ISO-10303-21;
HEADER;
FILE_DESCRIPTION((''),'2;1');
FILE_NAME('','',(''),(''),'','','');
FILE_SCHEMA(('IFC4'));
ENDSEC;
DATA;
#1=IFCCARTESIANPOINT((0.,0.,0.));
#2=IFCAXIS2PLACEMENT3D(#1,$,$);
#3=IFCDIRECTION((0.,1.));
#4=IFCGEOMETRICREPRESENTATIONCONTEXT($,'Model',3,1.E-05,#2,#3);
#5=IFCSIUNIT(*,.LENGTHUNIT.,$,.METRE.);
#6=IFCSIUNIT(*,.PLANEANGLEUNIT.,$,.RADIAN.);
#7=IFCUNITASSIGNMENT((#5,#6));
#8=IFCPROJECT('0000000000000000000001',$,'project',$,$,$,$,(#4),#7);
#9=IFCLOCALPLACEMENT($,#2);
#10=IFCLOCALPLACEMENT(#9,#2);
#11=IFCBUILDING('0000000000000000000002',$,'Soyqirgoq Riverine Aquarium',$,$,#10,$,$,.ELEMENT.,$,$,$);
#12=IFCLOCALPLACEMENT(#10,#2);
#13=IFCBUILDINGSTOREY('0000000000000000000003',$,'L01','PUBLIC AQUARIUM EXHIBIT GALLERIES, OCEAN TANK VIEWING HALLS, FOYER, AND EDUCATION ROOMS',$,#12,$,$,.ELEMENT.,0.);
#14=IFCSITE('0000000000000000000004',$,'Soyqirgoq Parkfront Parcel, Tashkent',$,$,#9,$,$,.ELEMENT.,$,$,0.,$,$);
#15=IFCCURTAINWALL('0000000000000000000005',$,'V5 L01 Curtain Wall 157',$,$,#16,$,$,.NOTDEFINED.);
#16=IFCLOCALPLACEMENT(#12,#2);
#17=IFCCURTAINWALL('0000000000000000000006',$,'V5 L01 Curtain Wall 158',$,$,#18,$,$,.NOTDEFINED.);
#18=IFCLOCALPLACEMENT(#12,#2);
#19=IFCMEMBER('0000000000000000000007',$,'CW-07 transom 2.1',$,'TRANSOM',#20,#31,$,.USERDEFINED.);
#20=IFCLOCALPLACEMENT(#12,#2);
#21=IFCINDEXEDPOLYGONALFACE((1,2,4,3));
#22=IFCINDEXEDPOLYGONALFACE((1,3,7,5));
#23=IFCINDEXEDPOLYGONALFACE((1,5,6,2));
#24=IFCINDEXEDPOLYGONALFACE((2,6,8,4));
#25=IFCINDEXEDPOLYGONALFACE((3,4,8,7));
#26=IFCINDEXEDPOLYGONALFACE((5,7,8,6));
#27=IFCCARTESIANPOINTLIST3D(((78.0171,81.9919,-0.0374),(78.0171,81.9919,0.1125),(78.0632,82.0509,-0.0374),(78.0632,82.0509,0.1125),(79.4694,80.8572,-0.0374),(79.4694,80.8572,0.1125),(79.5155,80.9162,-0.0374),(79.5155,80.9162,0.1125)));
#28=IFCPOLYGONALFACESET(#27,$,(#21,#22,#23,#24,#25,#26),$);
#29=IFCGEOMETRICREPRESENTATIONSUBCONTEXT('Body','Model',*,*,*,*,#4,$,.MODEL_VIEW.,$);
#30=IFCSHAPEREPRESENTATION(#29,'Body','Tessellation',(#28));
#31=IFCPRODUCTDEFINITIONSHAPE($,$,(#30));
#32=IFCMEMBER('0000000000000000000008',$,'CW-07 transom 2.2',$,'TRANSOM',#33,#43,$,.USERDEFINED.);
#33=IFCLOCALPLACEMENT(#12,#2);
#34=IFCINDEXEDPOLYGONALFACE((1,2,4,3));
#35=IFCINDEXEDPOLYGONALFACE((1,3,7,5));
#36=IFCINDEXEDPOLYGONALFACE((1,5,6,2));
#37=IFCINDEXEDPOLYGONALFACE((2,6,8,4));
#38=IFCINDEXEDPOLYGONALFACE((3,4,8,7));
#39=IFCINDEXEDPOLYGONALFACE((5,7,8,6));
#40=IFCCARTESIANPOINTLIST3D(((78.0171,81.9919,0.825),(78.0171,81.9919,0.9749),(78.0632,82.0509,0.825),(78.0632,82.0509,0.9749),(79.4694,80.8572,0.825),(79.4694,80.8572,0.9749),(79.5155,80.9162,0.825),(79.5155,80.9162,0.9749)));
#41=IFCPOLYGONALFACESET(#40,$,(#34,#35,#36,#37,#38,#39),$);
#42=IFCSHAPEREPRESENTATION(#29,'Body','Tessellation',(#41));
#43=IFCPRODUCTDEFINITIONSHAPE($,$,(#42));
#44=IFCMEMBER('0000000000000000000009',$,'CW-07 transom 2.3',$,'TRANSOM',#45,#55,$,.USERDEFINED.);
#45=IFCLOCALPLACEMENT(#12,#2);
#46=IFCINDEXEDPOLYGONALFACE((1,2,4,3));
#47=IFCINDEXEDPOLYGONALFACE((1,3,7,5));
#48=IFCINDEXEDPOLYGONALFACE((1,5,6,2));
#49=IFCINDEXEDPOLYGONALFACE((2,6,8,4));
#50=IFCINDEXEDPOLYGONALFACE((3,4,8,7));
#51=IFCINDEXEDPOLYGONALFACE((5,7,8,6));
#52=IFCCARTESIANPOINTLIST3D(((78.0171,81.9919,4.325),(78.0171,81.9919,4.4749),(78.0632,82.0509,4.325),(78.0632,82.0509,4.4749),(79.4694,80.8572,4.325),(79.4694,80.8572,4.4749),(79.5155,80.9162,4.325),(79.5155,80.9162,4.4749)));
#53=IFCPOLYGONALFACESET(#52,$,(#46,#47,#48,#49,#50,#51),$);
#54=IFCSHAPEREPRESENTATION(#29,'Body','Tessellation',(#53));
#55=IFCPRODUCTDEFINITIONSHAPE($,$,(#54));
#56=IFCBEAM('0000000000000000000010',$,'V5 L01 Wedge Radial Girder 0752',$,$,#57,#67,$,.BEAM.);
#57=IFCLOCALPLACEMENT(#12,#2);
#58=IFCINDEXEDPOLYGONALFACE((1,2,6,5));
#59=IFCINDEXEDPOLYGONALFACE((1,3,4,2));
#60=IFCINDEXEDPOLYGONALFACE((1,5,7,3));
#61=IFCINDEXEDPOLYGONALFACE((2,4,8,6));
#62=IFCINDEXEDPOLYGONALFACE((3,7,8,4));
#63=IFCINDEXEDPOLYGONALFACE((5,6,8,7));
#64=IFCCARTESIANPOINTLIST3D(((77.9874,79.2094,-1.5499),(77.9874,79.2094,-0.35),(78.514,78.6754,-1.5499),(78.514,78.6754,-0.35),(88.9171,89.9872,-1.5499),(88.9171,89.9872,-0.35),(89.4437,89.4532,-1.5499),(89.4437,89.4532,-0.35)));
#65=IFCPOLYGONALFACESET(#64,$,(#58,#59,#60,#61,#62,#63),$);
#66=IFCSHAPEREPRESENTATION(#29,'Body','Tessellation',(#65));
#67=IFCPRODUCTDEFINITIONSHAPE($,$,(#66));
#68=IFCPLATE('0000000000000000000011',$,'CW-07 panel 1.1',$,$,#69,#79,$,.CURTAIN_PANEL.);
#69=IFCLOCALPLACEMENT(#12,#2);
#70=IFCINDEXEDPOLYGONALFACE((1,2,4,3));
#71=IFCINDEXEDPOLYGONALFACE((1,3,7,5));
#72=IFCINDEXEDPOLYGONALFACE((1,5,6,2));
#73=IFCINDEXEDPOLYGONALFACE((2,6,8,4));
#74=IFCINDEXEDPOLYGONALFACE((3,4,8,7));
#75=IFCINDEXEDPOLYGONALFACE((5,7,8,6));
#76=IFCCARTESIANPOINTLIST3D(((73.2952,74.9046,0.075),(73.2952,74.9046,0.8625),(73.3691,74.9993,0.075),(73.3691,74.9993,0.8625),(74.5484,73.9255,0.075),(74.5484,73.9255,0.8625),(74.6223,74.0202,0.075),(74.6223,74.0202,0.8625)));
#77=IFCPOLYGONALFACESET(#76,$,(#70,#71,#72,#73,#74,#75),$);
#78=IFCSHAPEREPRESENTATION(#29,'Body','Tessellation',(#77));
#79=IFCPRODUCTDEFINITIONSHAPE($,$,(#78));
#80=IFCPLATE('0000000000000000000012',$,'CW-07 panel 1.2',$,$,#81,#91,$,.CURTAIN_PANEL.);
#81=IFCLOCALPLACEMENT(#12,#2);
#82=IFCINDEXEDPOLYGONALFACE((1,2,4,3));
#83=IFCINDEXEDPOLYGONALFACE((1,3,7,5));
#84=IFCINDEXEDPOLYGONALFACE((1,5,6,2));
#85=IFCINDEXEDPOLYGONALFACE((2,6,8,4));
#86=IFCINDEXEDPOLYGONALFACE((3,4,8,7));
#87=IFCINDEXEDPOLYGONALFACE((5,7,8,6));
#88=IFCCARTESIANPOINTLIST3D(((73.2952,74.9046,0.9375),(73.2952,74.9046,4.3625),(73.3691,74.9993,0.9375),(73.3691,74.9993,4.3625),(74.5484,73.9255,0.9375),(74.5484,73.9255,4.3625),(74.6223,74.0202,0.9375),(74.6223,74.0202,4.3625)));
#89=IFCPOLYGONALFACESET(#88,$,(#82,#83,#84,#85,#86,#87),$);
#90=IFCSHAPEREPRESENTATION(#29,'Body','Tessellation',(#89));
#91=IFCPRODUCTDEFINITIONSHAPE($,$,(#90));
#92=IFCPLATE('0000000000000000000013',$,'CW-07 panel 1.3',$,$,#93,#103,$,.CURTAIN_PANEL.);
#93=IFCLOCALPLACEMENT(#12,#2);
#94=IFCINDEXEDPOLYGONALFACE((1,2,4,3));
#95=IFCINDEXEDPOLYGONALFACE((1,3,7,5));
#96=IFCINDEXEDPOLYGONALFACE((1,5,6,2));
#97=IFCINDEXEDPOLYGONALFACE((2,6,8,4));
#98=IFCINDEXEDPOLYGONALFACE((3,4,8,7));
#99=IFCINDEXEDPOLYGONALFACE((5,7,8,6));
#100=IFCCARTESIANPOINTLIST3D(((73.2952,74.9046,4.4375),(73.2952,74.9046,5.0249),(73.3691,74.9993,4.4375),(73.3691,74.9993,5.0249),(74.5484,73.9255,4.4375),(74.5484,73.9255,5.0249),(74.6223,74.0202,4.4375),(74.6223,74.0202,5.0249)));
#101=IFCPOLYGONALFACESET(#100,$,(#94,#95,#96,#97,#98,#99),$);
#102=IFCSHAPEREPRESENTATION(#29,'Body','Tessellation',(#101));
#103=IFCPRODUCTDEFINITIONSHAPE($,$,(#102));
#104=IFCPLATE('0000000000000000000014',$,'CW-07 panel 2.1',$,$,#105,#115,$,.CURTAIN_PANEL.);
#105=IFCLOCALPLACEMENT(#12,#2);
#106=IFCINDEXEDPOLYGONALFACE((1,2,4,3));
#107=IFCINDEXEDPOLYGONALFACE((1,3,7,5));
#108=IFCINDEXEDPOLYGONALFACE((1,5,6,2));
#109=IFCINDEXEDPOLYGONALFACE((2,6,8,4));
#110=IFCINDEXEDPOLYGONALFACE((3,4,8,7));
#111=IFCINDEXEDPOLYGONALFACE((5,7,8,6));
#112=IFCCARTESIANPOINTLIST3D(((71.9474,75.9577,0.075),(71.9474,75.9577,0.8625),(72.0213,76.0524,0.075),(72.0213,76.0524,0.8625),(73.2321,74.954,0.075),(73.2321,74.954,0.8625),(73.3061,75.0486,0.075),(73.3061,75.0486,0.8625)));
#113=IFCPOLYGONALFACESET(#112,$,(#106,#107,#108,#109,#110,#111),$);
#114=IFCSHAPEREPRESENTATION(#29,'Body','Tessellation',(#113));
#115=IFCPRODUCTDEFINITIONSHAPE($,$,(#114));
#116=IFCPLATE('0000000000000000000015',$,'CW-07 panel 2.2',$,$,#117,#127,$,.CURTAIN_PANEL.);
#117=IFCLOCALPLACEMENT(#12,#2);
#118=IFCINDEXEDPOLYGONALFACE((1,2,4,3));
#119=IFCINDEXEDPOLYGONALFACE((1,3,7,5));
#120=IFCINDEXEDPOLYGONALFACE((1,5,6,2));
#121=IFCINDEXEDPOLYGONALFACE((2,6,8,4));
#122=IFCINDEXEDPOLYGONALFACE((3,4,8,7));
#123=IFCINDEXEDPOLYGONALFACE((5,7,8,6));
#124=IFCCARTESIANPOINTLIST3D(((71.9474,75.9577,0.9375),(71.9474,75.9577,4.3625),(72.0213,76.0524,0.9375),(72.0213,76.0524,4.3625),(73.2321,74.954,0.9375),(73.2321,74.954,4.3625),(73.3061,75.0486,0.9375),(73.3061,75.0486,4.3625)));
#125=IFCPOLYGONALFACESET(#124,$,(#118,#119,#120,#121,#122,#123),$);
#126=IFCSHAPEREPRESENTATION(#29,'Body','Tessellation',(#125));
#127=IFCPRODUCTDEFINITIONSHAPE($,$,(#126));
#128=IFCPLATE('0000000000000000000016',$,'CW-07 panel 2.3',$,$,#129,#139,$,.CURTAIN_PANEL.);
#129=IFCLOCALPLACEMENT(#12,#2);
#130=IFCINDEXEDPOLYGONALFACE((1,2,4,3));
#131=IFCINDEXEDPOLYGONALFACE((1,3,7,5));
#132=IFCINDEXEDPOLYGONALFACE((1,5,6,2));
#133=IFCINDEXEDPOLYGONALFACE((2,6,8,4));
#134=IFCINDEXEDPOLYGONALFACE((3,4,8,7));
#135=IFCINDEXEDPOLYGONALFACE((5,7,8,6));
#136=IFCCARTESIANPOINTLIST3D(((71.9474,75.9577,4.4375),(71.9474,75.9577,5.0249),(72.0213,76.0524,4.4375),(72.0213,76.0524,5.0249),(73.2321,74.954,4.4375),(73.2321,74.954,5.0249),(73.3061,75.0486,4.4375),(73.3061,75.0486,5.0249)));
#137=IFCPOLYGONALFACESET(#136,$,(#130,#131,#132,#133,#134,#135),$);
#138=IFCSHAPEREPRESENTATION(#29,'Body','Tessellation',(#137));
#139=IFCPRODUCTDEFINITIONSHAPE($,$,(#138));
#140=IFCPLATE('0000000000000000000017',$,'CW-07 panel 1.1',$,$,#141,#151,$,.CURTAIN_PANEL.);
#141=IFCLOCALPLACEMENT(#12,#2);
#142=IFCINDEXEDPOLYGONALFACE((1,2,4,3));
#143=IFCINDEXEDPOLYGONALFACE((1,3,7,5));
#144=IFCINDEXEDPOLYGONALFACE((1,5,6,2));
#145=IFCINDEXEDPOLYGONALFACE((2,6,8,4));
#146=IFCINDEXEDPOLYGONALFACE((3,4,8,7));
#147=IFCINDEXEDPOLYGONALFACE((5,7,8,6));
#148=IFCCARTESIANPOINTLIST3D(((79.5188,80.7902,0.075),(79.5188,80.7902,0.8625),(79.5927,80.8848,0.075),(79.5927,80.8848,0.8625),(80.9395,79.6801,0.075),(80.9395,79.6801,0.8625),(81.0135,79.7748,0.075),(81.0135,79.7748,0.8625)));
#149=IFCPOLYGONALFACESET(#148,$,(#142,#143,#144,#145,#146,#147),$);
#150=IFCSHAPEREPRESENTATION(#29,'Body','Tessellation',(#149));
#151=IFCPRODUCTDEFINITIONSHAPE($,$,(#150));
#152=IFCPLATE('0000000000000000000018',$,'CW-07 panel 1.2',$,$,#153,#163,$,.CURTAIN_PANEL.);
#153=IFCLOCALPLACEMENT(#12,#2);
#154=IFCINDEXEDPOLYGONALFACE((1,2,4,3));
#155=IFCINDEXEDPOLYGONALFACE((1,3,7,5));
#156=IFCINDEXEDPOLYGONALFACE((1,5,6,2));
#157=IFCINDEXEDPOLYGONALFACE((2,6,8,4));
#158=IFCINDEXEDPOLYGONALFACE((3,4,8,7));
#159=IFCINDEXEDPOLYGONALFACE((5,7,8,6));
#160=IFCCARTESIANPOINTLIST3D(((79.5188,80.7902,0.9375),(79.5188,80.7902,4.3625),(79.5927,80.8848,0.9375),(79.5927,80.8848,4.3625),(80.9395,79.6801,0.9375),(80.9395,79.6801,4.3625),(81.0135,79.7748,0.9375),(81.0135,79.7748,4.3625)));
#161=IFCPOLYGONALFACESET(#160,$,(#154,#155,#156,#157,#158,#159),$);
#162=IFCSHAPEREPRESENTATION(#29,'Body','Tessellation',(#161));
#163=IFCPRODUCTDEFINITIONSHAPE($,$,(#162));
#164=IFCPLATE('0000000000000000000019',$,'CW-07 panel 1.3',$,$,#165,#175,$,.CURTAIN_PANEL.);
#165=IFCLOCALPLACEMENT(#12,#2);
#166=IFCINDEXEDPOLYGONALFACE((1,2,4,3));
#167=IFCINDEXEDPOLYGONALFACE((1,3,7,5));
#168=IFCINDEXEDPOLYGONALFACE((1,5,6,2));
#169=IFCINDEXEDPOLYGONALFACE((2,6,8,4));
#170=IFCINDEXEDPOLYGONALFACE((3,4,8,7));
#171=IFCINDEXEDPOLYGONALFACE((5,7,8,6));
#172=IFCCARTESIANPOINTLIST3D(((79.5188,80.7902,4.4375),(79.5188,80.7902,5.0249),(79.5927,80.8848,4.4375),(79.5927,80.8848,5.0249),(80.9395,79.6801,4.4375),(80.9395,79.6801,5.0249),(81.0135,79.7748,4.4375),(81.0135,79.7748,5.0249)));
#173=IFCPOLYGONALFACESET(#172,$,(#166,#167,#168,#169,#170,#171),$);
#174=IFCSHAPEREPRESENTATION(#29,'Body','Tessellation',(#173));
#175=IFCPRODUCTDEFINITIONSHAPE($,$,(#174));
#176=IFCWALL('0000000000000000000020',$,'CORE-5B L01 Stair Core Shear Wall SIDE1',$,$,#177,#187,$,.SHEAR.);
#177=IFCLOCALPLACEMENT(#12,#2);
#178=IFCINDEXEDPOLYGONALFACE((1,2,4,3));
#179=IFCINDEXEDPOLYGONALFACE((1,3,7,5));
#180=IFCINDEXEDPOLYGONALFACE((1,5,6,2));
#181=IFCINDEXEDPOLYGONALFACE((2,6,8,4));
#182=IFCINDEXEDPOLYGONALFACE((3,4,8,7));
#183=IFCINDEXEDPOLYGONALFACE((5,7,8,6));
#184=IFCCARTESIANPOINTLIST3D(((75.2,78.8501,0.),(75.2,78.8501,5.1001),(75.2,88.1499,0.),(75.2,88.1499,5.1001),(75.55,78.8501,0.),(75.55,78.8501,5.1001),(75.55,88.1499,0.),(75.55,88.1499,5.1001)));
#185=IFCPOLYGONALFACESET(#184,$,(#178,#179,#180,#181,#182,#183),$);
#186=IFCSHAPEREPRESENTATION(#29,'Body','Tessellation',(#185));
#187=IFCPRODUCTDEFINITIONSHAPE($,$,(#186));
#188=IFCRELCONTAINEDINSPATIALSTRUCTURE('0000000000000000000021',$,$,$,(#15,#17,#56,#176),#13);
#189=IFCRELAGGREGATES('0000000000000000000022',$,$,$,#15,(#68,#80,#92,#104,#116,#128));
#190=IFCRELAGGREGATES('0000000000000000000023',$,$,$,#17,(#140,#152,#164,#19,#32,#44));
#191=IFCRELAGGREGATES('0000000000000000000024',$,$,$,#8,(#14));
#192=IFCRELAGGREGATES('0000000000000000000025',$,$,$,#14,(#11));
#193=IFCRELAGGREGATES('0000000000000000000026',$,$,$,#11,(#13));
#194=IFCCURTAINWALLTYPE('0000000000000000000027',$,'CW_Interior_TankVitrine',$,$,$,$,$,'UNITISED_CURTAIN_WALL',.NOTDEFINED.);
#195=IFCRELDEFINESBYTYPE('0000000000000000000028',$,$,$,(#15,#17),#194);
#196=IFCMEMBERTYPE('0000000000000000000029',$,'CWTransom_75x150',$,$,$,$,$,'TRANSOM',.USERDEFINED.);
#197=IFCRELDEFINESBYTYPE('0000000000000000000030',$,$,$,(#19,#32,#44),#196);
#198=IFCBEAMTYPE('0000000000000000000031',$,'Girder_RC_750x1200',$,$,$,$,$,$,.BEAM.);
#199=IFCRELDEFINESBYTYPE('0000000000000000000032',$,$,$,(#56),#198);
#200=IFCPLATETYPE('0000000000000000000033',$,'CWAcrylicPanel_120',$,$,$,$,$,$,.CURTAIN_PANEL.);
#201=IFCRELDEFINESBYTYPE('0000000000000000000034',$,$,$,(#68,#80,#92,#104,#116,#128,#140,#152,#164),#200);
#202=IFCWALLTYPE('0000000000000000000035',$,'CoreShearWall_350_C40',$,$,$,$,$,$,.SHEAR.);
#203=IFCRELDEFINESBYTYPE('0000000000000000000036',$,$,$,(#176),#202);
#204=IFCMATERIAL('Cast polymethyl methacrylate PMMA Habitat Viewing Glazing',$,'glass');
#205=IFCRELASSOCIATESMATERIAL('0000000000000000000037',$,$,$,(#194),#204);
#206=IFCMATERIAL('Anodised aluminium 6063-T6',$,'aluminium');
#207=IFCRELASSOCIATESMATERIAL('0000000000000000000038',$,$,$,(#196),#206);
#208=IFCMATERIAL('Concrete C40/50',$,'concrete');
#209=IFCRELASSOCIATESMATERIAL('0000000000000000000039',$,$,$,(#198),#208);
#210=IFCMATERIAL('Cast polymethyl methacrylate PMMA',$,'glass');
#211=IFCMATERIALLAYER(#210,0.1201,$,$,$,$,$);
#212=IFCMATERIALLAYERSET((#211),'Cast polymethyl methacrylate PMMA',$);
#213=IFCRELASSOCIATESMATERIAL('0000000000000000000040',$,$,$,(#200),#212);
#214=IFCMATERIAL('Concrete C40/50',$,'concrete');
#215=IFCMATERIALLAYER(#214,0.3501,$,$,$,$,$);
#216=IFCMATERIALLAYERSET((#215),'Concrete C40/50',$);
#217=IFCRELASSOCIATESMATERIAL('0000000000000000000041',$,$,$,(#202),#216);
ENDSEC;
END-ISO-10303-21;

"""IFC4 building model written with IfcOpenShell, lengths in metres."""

from ifc_helpers import new_model, si_unit, direction, frame, frame_2d, origin, origin_2d, place, context, subcontext, project, spatial, rectangle, extrude, material, layer, layer_set, material_profile, profile_set, type_object, element, aggregate, save


model = new_model("IFC4")

# Units and contexts
model_context = context("Model", 3, precision=1e-05, world=origin(), true_north=direction((0.0, 1.0)))
body_context = subcontext(model_context, "Body", "Model", "MODEL_VIEW")
ifc_project = project(units=[si_unit("LENGTHUNIT", "METRE"), si_unit("PLANEANGLEUNIT", "RADIAN")], contexts=[model_context])

# Site, building, storey
site_placement = place(None, origin())
site = spatial("IfcSite", under=ifc_project, at=site_placement, Name="Soyqirgoq Parkfront Parcel, Tashkent", CompositionType="ELEMENT", RefElevation=0.0)
building_placement = place(site_placement, origin())
building = spatial("IfcBuilding", under=site, at=building_placement, Name="Soyqirgoq Riverine Aquarium", CompositionType="ELEMENT")
storey_placement = place(building_placement, origin())
storey = spatial("IfcBuildingStorey", under=building, at=storey_placement, Name="L01", Description="PUBLIC AQUARIUM EXHIBIT GALLERIES, OCEAN TANK VIEWING HALLS, FOYER, AND EDUCATION ROOMS", CompositionType="ELEMENT", Elevation=0.0)

# Curtain walls
ifc_material_1 = material(Name="Cast polymethyl methacrylate PMMA Habitat Viewing Glazing", Category="glass")
curtain_wall_type = type_object("IfcCurtainWallType", Name="CW_Interior_TankVitrine", ElementType="UNITISED_CURTAIN_WALL", PredefinedType="NOTDEFINED", material=ifc_material_1)
curtain_wall_1_placement = place(storey_placement, origin())
curtain_wall_1 = element("IfcCurtainWall", 1, at=curtain_wall_1_placement, inside=storey, type_object=curtain_wall_type, Name="V5 L01 Curtain Wall 157", PredefinedType="NOTDEFINED")
curtain_wall_2_placement = place(storey_placement, origin())
curtain_wall_2 = element("IfcCurtainWall", 2, at=curtain_wall_2_placement, inside=storey, type_object=curtain_wall_type, Name="V5 L01 Curtain Wall 158", PredefinedType="NOTDEFINED")

# Members
ifc_material_2 = material(Name="Anodised aluminium 6063-T6", Category="aluminium")
ifc_material_profile_1 = material_profile(ifc_material_2, rectangle(XDim=0.075, YDim=0.1499, at=origin_2d()), Name="ALU-T 75x150")
ifc_profile_set_1 = profile_set([ifc_material_profile_1], Name="Anodised aluminium 6063-T6")
member_type_1 = type_object("IfcMemberType", Name="CWTransom_75x150", ElementType="TRANSOM", PredefinedType="USERDEFINED", material=ifc_profile_set_1)
member_1_placement = place(storey_placement, frame((79.4924, 80.8867, 0.0376), z_axis=(-0.788002, 0.615672, 0.0), x_axis=(-0.615672, -0.788002, 0.0)))
member_1 = element("IfcMember", 3, at=member_1_placement, type_object=member_type_1, Name="CW-07 transom 2.1", ObjectType="TRANSOM", PredefinedType="USERDEFINED", context=body_context, shape_type="SweptSolid", body=[
    extrude(rectangle(XDim=0.075, YDim=0.1499, at=origin_2d()), origin(), (0.0, 0.0, 1.0), 1.843),
])
member_2_placement = place(storey_placement, frame((79.4924, 80.8867, 0.8999), z_axis=(-0.788002, 0.615672, 0.0), x_axis=(-0.615672, -0.788002, 0.0)))
member_2 = element("IfcMember", 4, at=member_2_placement, type_object=member_type_1, Name="CW-07 transom 2.2", ObjectType="TRANSOM", PredefinedType="USERDEFINED", context=body_context, shape_type="SweptSolid", body=[
    extrude(rectangle(XDim=0.075, YDim=0.1499, at=origin_2d()), origin(), (0.0, 0.0, 1.0), 1.843),
])
member_3_placement = place(storey_placement, frame((79.4924, 80.8867, 4.3999), z_axis=(-0.788002, 0.615672, 0.0), x_axis=(-0.615672, -0.788002, 0.0)))
member_3 = element("IfcMember", 5, at=member_3_placement, type_object=member_type_1, Name="CW-07 transom 2.3", ObjectType="TRANSOM", PredefinedType="USERDEFINED", context=body_context, shape_type="SweptSolid", body=[
    extrude(rectangle(XDim=0.075, YDim=0.1499, at=origin_2d()), origin(), (0.0, 0.0, 1.0), 1.843),
])

# Beam
ifc_material_3 = material(Name="Concrete C40/50", Category="concrete")
ifc_material_profile_2 = material_profile(ifc_material_3, rectangle(XDim=0.75, YDim=1.2, at=origin_2d()), Name="RC 750x1200")
ifc_profile_set_2 = profile_set([ifc_material_profile_2], Name="Concrete C40/50")
beam_type = type_object("IfcBeamType", Name="Girder_RC_750x1200", PredefinedType="BEAM", material=ifc_profile_set_2)
beam_placement = place(storey_placement, frame((78.2507, 78.9424, -0.95), z_axis=(0.712036, 0.702143, 0.0), x_axis=(-0.702143, 0.712036, 0.0)))
element("IfcBeam", 6, at=beam_placement, inside=storey, type_object=beam_type, Name="V5 L01 Wedge Radial Girder 0752", PredefinedType="BEAM", context=body_context, shape_type="SweptSolid", body=[
    extrude(rectangle(XDim=0.75, YDim=1.2, at=origin_2d()), origin(), (0.0, 0.0, 1.0), 15.3499),
])

# Plates
ifc_material_4 = material(Name="Cast polymethyl methacrylate PMMA", Category="glass")
ifc_layer_1 = layer(ifc_material_4, 0.1201)
ifc_layer_set_1 = layer_set([ifc_layer_1], Name="Cast polymethyl methacrylate PMMA")
plate_type = type_object("IfcPlateType", Name="CWAcrylicPanel_120", PredefinedType="CURTAIN_PANEL", material=ifc_layer_set_1)
plate_1_placement = place(storey_placement, frame((73.9587, 74.4624, 0.075), z_axis=(0.0, 0.0, 1.0), x_axis=(-0.788011, 0.615661, 0.0)))
plate_1 = element("IfcPlate", 7, at=plate_1_placement, type_object=plate_type, Name="CW-07 panel 1.1", PredefinedType="CURTAIN_PANEL", context=body_context, shape_type="SweptSolid", body=[
    extrude(rectangle(XDim=1.5903, YDim=0.1201, at=origin_2d()), origin(), (0.0, 0.0, 1.0), 0.7876),
])
plate_2_placement = place(storey_placement, frame((73.9587, 74.4624, 0.9375), z_axis=(0.0, 0.0, 1.0), x_axis=(-0.788011, 0.615661, 0.0)))
plate_2 = element("IfcPlate", 8, at=plate_2_placement, type_object=plate_type, Name="CW-07 panel 1.2", PredefinedType="CURTAIN_PANEL", context=body_context, shape_type="SweptSolid", body=[
    extrude(rectangle(XDim=1.5903, YDim=0.1201, at=origin_2d()), origin(), (0.0, 0.0, 1.0), 3.425),
])
plate_3_placement = place(storey_placement, frame((73.9587, 74.4624, 4.4375), z_axis=(0.0, 0.0, 1.0), x_axis=(-0.788011, 0.615661, 0.0)))
plate_3 = element("IfcPlate", 9, at=plate_3_placement, type_object=plate_type, Name="CW-07 panel 1.3", PredefinedType="CURTAIN_PANEL", context=body_context, shape_type="SweptSolid", body=[
    extrude(rectangle(XDim=1.5903, YDim=0.1201, at=origin_2d()), origin(), (0.0, 0.0, 1.0), 0.5874),
])
plate_4_placement = place(storey_placement, frame((72.6267, 75.5032, 0.075), z_axis=(0.0, 0.0, 1.0), x_axis=(-0.788011, 0.615661, 0.0)))
plate_4 = element("IfcPlate", 10, at=plate_4_placement, type_object=plate_type, Name="CW-07 panel 2.1", PredefinedType="CURTAIN_PANEL", context=body_context, shape_type="SweptSolid", body=[
    extrude(rectangle(XDim=1.6304, YDim=0.1201, at=origin_2d()), origin(), (0.0, 0.0, 1.0), 0.7876),
])
plate_5_placement = place(storey_placement, frame((72.6267, 75.5032, 0.9375), z_axis=(0.0, 0.0, 1.0), x_axis=(-0.788011, 0.615661, 0.0)))
plate_5 = element("IfcPlate", 11, at=plate_5_placement, type_object=plate_type, Name="CW-07 panel 2.2", PredefinedType="CURTAIN_PANEL", context=body_context, shape_type="SweptSolid", body=[
    extrude(rectangle(XDim=1.6304, YDim=0.1201, at=origin_2d()), origin(), (0.0, 0.0, 1.0), 3.425),
])
plate_6_placement = place(storey_placement, frame((72.6267, 75.5032, 4.4375), z_axis=(0.0, 0.0, 1.0), x_axis=(-0.788011, 0.615661, 0.0)))
plate_6 = element("IfcPlate", 12, at=plate_6_placement, type_object=plate_type, Name="CW-07 panel 2.3", PredefinedType="CURTAIN_PANEL", context=body_context, shape_type="SweptSolid", body=[
    extrude(rectangle(XDim=1.6304, YDim=0.1201, at=origin_2d()), origin(), (0.0, 0.0, 1.0), 0.5874),
])
aggregate(curtain_wall_1, [plate_1, plate_2, plate_3, plate_4, plate_5, plate_6])
plate_7_placement = place(storey_placement, frame((80.2661, 80.2825, 0.075), z_axis=(0.0, 0.0, 1.0), x_axis=(-0.788016, 0.615655, 0.0)))
plate_7 = element("IfcPlate", 13, at=plate_7_placement, type_object=plate_type, Name="CW-07 panel 1.1", PredefinedType="CURTAIN_PANEL", context=body_context, shape_type="SweptSolid", body=[
    extrude(rectangle(XDim=1.803, YDim=0.1201, at=origin_2d()), origin(), (0.0, 0.0, 1.0), 0.7876),
])
plate_8_placement = place(storey_placement, frame((80.2661, 80.2825, 0.9375), z_axis=(0.0, 0.0, 1.0), x_axis=(-0.788016, 0.615655, 0.0)))
plate_8 = element("IfcPlate", 14, at=plate_8_placement, type_object=plate_type, Name="CW-07 panel 1.2", PredefinedType="CURTAIN_PANEL", context=body_context, shape_type="SweptSolid", body=[
    extrude(rectangle(XDim=1.803, YDim=0.1201, at=origin_2d()), origin(), (0.0, 0.0, 1.0), 3.425),
])
plate_9_placement = place(storey_placement, frame((80.2661, 80.2825, 4.4375), z_axis=(0.0, 0.0, 1.0), x_axis=(-0.788016, 0.615655, 0.0)))
plate_9 = element("IfcPlate", 15, at=plate_9_placement, type_object=plate_type, Name="CW-07 panel 1.3", PredefinedType="CURTAIN_PANEL", context=body_context, shape_type="SweptSolid", body=[
    extrude(rectangle(XDim=1.803, YDim=0.1201, at=origin_2d()), origin(), (0.0, 0.0, 1.0), 0.5874),
])
aggregate(curtain_wall_2, [plate_7, plate_8, plate_9, member_1, member_2, member_3])

# Wall
ifc_material_5 = material(Name="Concrete C40/50", Category="concrete")
ifc_layer_2 = layer(ifc_material_5, 0.3501)
ifc_layer_set_2 = layer_set([ifc_layer_2], Name="Concrete C40/50")
wall_type_1 = type_object("IfcWallType", Name="CoreShearWall_350_C40", PredefinedType="SHEAR", material=ifc_layer_set_2)
wall_1_placement = place(storey_placement, frame((75.375, 78.8501, 0.0), z_axis=(0.0, 0.0, 1.0), x_axis=(0.0, 1.0, 0.0)))
element("IfcWall", 16, at=wall_1_placement, inside=storey, type_object=wall_type_1, Name="CORE-5B L01 Stair Core Shear Wall SIDE1", PredefinedType="SHEAR", context=body_context, shape_type="SweptSolid", body=[
    extrude(rectangle(XDim=9.2998, YDim=0.3501, at=frame_2d((4.6499, 0.0))), origin(), (0.0, 0.0, 1.0), 5.1001),
])

save(model, "model.ifc")
